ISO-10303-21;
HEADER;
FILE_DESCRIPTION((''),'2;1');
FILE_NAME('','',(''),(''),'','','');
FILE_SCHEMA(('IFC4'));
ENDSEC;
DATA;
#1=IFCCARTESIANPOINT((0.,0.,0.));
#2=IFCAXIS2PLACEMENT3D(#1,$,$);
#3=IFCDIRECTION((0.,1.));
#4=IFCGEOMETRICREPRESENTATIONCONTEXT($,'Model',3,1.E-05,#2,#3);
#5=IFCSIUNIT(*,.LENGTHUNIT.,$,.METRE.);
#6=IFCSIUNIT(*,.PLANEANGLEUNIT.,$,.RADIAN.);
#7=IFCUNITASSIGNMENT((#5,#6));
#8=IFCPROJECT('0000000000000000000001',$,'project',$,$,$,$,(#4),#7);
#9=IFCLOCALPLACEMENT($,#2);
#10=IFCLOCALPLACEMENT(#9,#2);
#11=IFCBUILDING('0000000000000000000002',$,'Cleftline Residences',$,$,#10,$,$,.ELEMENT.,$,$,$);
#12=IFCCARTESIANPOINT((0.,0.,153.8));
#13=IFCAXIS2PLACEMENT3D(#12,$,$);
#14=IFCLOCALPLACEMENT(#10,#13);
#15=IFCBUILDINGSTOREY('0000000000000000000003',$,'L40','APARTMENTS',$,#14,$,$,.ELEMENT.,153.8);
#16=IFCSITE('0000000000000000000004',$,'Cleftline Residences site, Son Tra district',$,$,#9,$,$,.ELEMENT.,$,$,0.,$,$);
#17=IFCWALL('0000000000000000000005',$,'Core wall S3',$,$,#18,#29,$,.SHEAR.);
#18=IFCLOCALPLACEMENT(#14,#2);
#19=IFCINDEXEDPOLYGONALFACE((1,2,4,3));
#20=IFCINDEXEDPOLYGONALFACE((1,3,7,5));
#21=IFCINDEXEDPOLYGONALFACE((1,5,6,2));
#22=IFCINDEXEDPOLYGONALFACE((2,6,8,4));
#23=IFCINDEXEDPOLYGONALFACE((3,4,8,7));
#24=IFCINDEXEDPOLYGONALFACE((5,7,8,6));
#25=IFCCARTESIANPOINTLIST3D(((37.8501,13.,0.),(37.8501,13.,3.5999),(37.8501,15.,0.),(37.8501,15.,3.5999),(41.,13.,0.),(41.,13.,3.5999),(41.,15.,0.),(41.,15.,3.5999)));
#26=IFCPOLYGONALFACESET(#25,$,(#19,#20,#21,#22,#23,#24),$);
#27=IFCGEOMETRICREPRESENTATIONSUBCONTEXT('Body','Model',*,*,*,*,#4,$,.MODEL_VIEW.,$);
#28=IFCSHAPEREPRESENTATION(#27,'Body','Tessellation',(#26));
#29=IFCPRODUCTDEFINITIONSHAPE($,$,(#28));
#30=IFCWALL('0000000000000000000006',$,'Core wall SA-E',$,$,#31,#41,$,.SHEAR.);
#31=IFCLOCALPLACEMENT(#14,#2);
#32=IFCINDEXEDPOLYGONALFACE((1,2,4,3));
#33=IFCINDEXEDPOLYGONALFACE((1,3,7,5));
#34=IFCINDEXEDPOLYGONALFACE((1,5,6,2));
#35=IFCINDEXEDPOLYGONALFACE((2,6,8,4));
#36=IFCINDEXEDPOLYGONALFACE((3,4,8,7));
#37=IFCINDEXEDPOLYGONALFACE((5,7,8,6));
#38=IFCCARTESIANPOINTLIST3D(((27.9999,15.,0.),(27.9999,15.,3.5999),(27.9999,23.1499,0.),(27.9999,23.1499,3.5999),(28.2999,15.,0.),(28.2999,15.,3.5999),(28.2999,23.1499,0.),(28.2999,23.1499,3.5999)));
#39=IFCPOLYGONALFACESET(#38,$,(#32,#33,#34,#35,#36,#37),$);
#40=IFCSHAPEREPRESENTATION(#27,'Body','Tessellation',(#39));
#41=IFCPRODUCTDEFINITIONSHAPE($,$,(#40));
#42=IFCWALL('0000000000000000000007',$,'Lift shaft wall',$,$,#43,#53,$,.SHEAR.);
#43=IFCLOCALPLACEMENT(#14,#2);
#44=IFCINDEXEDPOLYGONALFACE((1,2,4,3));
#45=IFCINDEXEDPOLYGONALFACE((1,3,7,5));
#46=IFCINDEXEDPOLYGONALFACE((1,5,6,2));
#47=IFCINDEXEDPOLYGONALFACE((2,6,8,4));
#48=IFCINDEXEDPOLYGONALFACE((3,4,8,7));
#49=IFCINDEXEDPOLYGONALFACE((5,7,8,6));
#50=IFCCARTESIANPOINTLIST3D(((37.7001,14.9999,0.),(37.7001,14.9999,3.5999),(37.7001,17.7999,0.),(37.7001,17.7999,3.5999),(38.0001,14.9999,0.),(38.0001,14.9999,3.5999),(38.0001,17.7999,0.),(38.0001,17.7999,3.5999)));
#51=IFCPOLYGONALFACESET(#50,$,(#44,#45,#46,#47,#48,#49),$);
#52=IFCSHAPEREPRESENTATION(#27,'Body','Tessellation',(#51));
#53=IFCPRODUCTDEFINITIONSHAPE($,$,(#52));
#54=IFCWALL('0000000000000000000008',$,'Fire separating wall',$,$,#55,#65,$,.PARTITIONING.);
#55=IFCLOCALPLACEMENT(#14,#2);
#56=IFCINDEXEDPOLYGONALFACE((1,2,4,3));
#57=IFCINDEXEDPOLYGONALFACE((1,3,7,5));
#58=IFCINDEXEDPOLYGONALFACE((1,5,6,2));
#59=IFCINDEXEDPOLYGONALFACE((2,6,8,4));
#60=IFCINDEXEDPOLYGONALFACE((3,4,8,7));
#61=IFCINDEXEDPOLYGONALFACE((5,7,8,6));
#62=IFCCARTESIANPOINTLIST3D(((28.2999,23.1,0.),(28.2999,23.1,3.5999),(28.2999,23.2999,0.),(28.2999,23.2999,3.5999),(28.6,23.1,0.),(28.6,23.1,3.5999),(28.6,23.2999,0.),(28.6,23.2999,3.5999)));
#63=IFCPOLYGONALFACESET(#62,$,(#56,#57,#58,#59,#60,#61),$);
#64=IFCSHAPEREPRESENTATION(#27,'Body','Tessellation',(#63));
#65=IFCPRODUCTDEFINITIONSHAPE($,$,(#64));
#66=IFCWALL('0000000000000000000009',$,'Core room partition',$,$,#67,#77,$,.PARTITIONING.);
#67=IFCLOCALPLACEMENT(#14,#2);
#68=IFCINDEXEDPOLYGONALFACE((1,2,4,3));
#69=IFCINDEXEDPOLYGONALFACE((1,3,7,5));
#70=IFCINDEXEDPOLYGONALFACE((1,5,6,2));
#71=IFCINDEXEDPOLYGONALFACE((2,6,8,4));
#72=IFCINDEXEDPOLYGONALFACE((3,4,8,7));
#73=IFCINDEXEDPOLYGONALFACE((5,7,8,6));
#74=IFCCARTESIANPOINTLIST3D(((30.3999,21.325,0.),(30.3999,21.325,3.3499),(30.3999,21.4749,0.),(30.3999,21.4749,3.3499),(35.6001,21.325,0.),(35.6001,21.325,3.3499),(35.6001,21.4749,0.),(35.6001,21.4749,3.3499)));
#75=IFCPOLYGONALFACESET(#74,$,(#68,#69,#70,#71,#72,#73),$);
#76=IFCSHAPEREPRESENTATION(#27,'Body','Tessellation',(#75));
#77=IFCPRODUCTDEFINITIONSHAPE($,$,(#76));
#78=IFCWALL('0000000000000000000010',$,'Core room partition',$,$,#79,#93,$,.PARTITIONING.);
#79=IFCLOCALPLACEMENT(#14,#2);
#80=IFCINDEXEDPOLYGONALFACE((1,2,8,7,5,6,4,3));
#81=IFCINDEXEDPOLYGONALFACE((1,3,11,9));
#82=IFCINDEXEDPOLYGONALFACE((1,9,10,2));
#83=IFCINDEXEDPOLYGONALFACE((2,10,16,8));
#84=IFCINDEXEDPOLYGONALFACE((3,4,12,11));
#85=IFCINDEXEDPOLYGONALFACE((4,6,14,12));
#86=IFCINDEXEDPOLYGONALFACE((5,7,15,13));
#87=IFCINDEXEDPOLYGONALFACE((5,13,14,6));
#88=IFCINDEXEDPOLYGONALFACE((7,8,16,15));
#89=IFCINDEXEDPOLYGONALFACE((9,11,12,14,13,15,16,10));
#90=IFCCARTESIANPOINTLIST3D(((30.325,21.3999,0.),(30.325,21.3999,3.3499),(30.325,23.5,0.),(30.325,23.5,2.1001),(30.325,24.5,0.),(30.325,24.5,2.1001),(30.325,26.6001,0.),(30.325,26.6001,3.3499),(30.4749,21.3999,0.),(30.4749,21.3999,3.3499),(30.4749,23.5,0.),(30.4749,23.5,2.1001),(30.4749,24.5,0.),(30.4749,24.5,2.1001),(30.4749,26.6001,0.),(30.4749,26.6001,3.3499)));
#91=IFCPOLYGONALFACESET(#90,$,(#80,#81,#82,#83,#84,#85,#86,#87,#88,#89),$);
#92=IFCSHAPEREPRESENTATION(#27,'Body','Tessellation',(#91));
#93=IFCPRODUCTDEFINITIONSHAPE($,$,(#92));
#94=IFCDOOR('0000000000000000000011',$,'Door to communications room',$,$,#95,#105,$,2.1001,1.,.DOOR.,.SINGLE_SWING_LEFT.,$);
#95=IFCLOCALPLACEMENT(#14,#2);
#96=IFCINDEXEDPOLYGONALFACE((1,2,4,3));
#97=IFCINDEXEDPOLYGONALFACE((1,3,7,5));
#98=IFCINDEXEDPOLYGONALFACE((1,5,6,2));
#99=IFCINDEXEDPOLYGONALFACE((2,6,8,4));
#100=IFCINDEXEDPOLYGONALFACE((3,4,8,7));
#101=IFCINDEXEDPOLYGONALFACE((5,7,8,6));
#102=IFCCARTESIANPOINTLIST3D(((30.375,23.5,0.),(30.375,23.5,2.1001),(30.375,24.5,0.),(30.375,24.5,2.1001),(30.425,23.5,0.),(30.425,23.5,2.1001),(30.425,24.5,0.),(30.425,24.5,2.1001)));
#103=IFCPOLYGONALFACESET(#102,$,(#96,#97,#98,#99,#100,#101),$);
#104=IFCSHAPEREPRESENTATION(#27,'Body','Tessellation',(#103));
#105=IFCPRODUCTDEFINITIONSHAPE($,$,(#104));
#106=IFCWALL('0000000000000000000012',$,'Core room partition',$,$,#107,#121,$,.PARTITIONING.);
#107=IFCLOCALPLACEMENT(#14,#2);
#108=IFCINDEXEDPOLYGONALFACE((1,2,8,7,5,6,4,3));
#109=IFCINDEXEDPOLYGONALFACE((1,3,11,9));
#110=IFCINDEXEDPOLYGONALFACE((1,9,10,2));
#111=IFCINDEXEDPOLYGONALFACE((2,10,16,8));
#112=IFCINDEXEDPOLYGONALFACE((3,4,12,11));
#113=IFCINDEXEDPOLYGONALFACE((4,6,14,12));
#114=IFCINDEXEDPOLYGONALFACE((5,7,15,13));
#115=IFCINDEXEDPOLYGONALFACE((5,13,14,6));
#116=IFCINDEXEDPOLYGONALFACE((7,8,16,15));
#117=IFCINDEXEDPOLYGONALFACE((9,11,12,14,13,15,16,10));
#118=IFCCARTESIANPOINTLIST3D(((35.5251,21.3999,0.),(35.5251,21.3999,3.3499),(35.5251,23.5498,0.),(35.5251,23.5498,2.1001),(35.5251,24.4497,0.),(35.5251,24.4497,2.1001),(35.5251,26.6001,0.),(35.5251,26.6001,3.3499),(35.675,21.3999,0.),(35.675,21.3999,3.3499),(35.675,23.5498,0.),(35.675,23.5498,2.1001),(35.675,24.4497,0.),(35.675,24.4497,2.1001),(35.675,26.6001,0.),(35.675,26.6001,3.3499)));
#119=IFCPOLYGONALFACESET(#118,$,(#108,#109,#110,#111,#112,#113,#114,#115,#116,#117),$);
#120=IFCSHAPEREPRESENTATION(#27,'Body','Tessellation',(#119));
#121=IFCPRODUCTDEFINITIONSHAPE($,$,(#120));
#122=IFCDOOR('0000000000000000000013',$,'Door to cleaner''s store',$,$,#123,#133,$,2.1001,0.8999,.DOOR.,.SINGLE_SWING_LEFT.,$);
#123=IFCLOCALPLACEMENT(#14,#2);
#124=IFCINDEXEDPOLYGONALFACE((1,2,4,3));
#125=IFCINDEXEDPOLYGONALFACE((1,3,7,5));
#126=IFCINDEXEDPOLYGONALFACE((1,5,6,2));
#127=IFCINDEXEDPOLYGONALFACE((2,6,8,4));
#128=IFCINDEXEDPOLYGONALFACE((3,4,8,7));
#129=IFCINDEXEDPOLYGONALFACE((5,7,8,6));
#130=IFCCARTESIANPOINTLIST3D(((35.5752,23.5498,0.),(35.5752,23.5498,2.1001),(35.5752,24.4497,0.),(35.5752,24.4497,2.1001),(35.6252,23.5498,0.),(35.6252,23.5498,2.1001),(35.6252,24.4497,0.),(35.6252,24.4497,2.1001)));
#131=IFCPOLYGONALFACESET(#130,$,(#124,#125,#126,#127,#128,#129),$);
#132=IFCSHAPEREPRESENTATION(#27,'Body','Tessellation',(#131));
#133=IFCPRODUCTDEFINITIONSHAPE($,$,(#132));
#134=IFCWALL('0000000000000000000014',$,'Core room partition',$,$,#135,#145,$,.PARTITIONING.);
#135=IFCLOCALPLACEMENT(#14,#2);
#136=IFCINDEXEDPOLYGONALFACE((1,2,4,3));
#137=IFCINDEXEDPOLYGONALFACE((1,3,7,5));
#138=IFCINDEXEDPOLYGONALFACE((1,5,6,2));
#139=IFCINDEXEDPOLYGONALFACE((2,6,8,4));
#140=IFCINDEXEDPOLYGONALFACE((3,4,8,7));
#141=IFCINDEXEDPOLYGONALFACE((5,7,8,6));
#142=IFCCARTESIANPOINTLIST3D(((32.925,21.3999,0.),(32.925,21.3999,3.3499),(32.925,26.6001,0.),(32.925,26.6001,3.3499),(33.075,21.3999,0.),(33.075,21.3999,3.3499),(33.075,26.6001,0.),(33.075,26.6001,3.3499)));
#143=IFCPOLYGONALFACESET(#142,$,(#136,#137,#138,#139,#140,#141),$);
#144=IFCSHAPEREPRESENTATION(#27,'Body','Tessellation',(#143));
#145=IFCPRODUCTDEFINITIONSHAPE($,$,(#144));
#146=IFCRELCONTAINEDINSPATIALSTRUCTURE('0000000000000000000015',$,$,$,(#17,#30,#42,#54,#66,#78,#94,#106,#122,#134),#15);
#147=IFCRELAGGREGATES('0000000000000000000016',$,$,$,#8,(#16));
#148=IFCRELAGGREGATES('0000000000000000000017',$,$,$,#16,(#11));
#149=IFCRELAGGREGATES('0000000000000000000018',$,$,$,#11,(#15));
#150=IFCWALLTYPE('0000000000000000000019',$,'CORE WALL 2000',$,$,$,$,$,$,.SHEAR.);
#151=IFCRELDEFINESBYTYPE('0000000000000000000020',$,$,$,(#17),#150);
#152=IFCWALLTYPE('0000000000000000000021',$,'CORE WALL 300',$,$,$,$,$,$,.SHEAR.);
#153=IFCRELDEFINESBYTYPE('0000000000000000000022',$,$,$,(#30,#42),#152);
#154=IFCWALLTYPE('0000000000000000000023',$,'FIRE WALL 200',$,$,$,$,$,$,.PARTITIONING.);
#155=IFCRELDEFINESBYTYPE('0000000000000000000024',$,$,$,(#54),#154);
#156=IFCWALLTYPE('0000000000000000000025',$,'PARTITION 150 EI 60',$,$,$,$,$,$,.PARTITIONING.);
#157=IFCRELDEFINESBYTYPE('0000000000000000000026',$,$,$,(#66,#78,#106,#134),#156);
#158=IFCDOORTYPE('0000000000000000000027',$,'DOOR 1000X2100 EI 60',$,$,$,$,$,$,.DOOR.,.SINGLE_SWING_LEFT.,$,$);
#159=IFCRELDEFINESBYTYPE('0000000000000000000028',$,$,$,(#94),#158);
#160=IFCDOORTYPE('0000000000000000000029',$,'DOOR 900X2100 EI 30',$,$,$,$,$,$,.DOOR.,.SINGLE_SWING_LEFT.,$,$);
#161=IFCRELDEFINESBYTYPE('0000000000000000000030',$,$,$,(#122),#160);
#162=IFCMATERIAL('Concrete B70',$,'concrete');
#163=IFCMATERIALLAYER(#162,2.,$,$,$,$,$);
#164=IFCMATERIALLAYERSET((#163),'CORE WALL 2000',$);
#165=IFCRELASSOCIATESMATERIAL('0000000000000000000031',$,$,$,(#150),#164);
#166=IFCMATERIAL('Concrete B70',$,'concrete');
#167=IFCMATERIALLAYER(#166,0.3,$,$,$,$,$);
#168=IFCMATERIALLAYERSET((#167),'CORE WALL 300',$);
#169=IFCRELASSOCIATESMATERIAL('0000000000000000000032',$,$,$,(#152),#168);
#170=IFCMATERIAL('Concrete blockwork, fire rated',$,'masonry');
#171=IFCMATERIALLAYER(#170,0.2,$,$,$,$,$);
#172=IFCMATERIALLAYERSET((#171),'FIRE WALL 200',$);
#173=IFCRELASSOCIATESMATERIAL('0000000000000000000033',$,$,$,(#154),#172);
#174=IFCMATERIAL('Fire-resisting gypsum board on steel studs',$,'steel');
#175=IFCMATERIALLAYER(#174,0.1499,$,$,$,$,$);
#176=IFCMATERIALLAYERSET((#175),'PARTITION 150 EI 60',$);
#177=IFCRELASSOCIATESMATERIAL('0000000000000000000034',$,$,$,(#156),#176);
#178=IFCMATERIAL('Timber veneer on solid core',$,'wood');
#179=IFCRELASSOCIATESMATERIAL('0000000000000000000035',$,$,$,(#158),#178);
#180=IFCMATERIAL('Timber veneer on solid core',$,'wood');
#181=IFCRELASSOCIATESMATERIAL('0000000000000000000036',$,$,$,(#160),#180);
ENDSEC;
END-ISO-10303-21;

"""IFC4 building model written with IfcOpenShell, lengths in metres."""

from ifc_helpers import new_model, si_unit, direction, frame, frame_2d, origin, place, context, subcontext, project, spatial, rectangle, extrude, material, layer, layer_set, type_object, element, fill, save


model = new_model("IFC4")

# Units and contexts
model_context = context("Model", 3, precision=1e-05, world=origin(), true_north=direction((0.0, 1.0)))
body_context = subcontext(model_context, "Body", "Model", "MODEL_VIEW")
ifc_project = project(units=[si_unit("LENGTHUNIT", "METRE"), si_unit("PLANEANGLEUNIT", "RADIAN")], contexts=[model_context])

# Site, building, storey
site_placement = place(None, origin())
site = spatial("IfcSite", under=ifc_project, at=site_placement, Name="Cleftline Residences site, Son Tra district", CompositionType="ELEMENT", RefElevation=0.0)
building_placement = place(site_placement, origin())
building = spatial("IfcBuilding", under=site, at=building_placement, Name="Cleftline Residences", CompositionType="ELEMENT")
storey_placement = place(building_placement, frame((0.0, 0.0, 153.8)))
storey = spatial("IfcBuildingStorey", under=building, at=storey_placement, Name="L40", Description="APARTMENTS", CompositionType="ELEMENT", Elevation=153.8)

# Walls
ifc_material_1 = material(Name="Concrete B70", Category="concrete")
ifc_layer_1 = layer(ifc_material_1, 2.0)
ifc_layer_set_1 = layer_set([ifc_layer_1], Name="CORE WALL 2000")
wall_type_1 = type_object("IfcWallType", Name="CORE WALL 2000", PredefinedType="SHEAR", material=ifc_layer_set_1)
wall_1_placement = place(storey_placement, frame((37.8501, 14.0, 0.0), z_axis=(0.0, 0.0, 1.0), x_axis=(1.0, 0.0, 0.0)))
element("IfcWall", 1, at=wall_1_placement, inside=storey, type_object=wall_type_1, Name="Core wall S3", PredefinedType="SHEAR", context=body_context, shape_type="SweptSolid", body=[
    extrude(rectangle(XDim=3.1499, YDim=2.0, at=frame_2d((1.575, 0.0))), origin(), (0.0, 0.0, 1.0), 3.5999),
])
ifc_material_2 = material(Name="Concrete B70", Category="concrete")
ifc_layer_2 = layer(ifc_material_2, 0.3)
ifc_layer_set_2 = layer_set([ifc_layer_2], Name="CORE WALL 300")
wall_type_2 = type_object("IfcWallType", Name="CORE WALL 300", PredefinedType="SHEAR", material=ifc_layer_set_2)
wall_2_placement = place(storey_placement, frame((28.1499, 15.0, 0.0), z_axis=(0.0, 0.0, 1.0), x_axis=(0.0, 1.0, 0.0)))
element("IfcWall", 2, at=wall_2_placement, inside=storey, type_object=wall_type_2, Name="Core wall SA-E", PredefinedType="SHEAR", context=body_context, shape_type="SweptSolid", body=[
    extrude(rectangle(XDim=8.1499, YDim=0.3, at=frame_2d((4.075, 0.0))), origin(), (0.0, 0.0, 1.0), 3.5999),
])
wall_3_placement = place(storey_placement, frame((37.8501, 15.0, 0.0), z_axis=(0.0, 0.0, 1.0), x_axis=(0.0, 1.0, 0.0)))
element("IfcWall", 3, at=wall_3_placement, inside=storey, type_object=wall_type_2, Name="Lift shaft wall", PredefinedType="SHEAR", context=body_context, shape_type="SweptSolid", body=[
    extrude(rectangle(XDim=2.8, YDim=0.3, at=frame_2d((1.3999, 0.0))), origin(), (0.0, 0.0, 1.0), 3.5999),
])
ifc_material_3 = material(Name="Concrete blockwork, fire rated", Category="masonry")
ifc_layer_3 = layer(ifc_material_3, 0.2)
ifc_layer_set_3 = layer_set([ifc_layer_3], Name="FIRE WALL 200")
wall_type_3 = type_object("IfcWallType", Name="FIRE WALL 200", PredefinedType="PARTITIONING", material=ifc_layer_set_3)
wall_4_placement = place(storey_placement, frame((28.3, 23.2, 0.0), z_axis=(0.0, 0.0, 1.0), x_axis=(1.0, 0.0, 0.0)))
element("IfcWall", 4, at=wall_4_placement, inside=storey, type_object=wall_type_3, Name="Fire separating wall", PredefinedType="PARTITIONING", context=body_context, shape_type="SweptSolid", body=[
    extrude(rectangle(XDim=0.3, YDim=0.2, at=frame_2d((0.1499, 0.0))), origin(), (0.0, 0.0, 1.0), 3.5999),
])
ifc_material_4 = material(Name="Fire-resisting gypsum board on steel studs", Category="steel")
ifc_layer_4 = layer(ifc_material_4, 0.1499)
ifc_layer_set_4 = layer_set([ifc_layer_4], Name="PARTITION 150 EI 60")
wall_type_4 = type_object("IfcWallType", Name="PARTITION 150 EI 60", PredefinedType="PARTITIONING", material=ifc_layer_set_4)
wall_5_placement = place(storey_placement, frame((30.3999, 21.3999, 0.0), z_axis=(0.0, 0.0, 1.0), x_axis=(1.0, 0.0, 0.0)))
element("IfcWall", 5, at=wall_5_placement, inside=storey, type_object=wall_type_4, Name="Core room partition", PredefinedType="PARTITIONING", context=body_context, shape_type="SweptSolid", body=[
    extrude(rectangle(XDim=5.2002, YDim=0.1499, at=frame_2d((2.6001, 0.0))), origin(), (0.0, 0.0, 1.0), 3.3499),
])

# Walls, openings, doors
wall_6_placement = place(storey_placement, frame((30.3999, 21.3999, 0.0), z_axis=(0.0, 0.0, 1.0), x_axis=(0.0, 1.0, 0.0)))
wall_6 = element("IfcWall", 6, at=wall_6_placement, inside=storey, type_object=wall_type_4, Name="Core room partition", PredefinedType="PARTITIONING", context=body_context, shape_type="SweptSolid", body=[
    extrude(rectangle(XDim=5.2002, YDim=0.1499, at=frame_2d((2.6001, 0.0))), origin(), (0.0, 0.0, 1.0), 3.3499),
])
opening_1_placement = place(wall_6_placement, frame((2.1001, 0.0, 0.0)))
opening_1 = element("IfcOpeningElement", 7, at=opening_1_placement, cuts=wall_6, PredefinedType="OPENING", context=body_context, shape_type="SweptSolid", body=[
    extrude(rectangle(XDim=1.0, YDim=2.1001, at=frame_2d((0.5, 1.05))), frame((0.0, 0.085, 0.0), z_axis=(0.0, -1.0, 0.0), x_axis=(1.0, 0.0, 0.0)), (0.0, 0.0, 1.0), 0.1699),
])
ifc_material_5 = material(Name="Timber veneer on solid core", Category="wood")
door_type_1 = type_object("IfcDoorType", Name="DOOR 1000X2100 EI 60", OperationType="SINGLE_SWING_LEFT", PredefinedType="DOOR", material=ifc_material_5)
door_1_placement = place(opening_1_placement, origin())
door_1 = element("IfcDoor", 8, at=door_1_placement, inside=storey, type_object=door_type_1, Name="Door to communications room", OperationType="SINGLE_SWING_LEFT", OverallHeight=2.1001, OverallWidth=1.0, PredefinedType="DOOR", context=body_context, shape_type="SweptSolid", body=[
    extrude(rectangle(XDim=1.0, YDim=2.1001, at=frame_2d((0.5, 1.05))), frame((0.0, 0.0249, 0.0), z_axis=(0.0, -1.0, 0.0), x_axis=(1.0, 0.0, 0.0)), (0.0, 0.0, 1.0), 0.05),
])
fill(opening_1, door_1)
wall_7_placement = place(storey_placement, frame((35.6001, 21.3999, 0.0), z_axis=(0.0, 0.0, 1.0), x_axis=(0.0, 1.0, 0.0)))
wall_7 = element("IfcWall", 9, at=wall_7_placement, inside=storey, type_object=wall_type_4, Name="Core room partition", PredefinedType="PARTITIONING", context=body_context, shape_type="SweptSolid", body=[
    extrude(rectangle(XDim=5.2002, YDim=0.1499, at=frame_2d((2.6001, 0.0))), origin(), (0.0, 0.0, 1.0), 3.3499),
])
opening_2_placement = place(wall_7_placement, frame((2.1499, 0.0, 0.0)))
opening_2 = element("IfcOpeningElement", 10, at=opening_2_placement, cuts=wall_7, PredefinedType="OPENING", context=body_context, shape_type="SweptSolid", body=[
    extrude(rectangle(XDim=0.8999, YDim=2.1001, at=frame_2d((0.45, 1.05))), frame((0.0, 0.085, 0.0), z_axis=(0.0, -1.0, 0.0), x_axis=(1.0, 0.0, 0.0)), (0.0, 0.0, 1.0), 0.1699),
])
ifc_material_6 = material(Name="Timber veneer on solid core", Category="wood")
door_type_2 = type_object("IfcDoorType", Name="DOOR 900X2100 EI 30", OperationType="SINGLE_SWING_LEFT", PredefinedType="DOOR", material=ifc_material_6)
door_2_placement = place(opening_2_placement, origin())
door_2 = element("IfcDoor", 11, at=door_2_placement, inside=storey, type_object=door_type_2, Name="Door to cleaner's store", OperationType="SINGLE_SWING_LEFT", OverallHeight=2.1001, OverallWidth=0.8999, PredefinedType="DOOR", context=body_context, shape_type="SweptSolid", body=[
    extrude(rectangle(XDim=0.8999, YDim=2.1001, at=frame_2d((0.45, 1.05))), frame((0.0, 0.0249, 0.0), z_axis=(0.0, -1.0, 0.0), x_axis=(1.0, 0.0, 0.0)), (0.0, 0.0, 1.0), 0.05),
])
fill(opening_2, door_2)

# Wall
wall_8_placement = place(storey_placement, frame((33.0, 21.3999, 0.0), z_axis=(0.0, 0.0, 1.0), x_axis=(0.0, 1.0, 0.0)))
element("IfcWall", 12, at=wall_8_placement, inside=storey, type_object=wall_type_4, Name="Core room partition", PredefinedType="PARTITIONING", context=body_context, shape_type="SweptSolid", body=[
    extrude(rectangle(XDim=5.2002, YDim=0.1499, at=frame_2d((2.6001, 0.0))), origin(), (0.0, 0.0, 1.0), 3.3499),
])

save(model, "model.ifc")
